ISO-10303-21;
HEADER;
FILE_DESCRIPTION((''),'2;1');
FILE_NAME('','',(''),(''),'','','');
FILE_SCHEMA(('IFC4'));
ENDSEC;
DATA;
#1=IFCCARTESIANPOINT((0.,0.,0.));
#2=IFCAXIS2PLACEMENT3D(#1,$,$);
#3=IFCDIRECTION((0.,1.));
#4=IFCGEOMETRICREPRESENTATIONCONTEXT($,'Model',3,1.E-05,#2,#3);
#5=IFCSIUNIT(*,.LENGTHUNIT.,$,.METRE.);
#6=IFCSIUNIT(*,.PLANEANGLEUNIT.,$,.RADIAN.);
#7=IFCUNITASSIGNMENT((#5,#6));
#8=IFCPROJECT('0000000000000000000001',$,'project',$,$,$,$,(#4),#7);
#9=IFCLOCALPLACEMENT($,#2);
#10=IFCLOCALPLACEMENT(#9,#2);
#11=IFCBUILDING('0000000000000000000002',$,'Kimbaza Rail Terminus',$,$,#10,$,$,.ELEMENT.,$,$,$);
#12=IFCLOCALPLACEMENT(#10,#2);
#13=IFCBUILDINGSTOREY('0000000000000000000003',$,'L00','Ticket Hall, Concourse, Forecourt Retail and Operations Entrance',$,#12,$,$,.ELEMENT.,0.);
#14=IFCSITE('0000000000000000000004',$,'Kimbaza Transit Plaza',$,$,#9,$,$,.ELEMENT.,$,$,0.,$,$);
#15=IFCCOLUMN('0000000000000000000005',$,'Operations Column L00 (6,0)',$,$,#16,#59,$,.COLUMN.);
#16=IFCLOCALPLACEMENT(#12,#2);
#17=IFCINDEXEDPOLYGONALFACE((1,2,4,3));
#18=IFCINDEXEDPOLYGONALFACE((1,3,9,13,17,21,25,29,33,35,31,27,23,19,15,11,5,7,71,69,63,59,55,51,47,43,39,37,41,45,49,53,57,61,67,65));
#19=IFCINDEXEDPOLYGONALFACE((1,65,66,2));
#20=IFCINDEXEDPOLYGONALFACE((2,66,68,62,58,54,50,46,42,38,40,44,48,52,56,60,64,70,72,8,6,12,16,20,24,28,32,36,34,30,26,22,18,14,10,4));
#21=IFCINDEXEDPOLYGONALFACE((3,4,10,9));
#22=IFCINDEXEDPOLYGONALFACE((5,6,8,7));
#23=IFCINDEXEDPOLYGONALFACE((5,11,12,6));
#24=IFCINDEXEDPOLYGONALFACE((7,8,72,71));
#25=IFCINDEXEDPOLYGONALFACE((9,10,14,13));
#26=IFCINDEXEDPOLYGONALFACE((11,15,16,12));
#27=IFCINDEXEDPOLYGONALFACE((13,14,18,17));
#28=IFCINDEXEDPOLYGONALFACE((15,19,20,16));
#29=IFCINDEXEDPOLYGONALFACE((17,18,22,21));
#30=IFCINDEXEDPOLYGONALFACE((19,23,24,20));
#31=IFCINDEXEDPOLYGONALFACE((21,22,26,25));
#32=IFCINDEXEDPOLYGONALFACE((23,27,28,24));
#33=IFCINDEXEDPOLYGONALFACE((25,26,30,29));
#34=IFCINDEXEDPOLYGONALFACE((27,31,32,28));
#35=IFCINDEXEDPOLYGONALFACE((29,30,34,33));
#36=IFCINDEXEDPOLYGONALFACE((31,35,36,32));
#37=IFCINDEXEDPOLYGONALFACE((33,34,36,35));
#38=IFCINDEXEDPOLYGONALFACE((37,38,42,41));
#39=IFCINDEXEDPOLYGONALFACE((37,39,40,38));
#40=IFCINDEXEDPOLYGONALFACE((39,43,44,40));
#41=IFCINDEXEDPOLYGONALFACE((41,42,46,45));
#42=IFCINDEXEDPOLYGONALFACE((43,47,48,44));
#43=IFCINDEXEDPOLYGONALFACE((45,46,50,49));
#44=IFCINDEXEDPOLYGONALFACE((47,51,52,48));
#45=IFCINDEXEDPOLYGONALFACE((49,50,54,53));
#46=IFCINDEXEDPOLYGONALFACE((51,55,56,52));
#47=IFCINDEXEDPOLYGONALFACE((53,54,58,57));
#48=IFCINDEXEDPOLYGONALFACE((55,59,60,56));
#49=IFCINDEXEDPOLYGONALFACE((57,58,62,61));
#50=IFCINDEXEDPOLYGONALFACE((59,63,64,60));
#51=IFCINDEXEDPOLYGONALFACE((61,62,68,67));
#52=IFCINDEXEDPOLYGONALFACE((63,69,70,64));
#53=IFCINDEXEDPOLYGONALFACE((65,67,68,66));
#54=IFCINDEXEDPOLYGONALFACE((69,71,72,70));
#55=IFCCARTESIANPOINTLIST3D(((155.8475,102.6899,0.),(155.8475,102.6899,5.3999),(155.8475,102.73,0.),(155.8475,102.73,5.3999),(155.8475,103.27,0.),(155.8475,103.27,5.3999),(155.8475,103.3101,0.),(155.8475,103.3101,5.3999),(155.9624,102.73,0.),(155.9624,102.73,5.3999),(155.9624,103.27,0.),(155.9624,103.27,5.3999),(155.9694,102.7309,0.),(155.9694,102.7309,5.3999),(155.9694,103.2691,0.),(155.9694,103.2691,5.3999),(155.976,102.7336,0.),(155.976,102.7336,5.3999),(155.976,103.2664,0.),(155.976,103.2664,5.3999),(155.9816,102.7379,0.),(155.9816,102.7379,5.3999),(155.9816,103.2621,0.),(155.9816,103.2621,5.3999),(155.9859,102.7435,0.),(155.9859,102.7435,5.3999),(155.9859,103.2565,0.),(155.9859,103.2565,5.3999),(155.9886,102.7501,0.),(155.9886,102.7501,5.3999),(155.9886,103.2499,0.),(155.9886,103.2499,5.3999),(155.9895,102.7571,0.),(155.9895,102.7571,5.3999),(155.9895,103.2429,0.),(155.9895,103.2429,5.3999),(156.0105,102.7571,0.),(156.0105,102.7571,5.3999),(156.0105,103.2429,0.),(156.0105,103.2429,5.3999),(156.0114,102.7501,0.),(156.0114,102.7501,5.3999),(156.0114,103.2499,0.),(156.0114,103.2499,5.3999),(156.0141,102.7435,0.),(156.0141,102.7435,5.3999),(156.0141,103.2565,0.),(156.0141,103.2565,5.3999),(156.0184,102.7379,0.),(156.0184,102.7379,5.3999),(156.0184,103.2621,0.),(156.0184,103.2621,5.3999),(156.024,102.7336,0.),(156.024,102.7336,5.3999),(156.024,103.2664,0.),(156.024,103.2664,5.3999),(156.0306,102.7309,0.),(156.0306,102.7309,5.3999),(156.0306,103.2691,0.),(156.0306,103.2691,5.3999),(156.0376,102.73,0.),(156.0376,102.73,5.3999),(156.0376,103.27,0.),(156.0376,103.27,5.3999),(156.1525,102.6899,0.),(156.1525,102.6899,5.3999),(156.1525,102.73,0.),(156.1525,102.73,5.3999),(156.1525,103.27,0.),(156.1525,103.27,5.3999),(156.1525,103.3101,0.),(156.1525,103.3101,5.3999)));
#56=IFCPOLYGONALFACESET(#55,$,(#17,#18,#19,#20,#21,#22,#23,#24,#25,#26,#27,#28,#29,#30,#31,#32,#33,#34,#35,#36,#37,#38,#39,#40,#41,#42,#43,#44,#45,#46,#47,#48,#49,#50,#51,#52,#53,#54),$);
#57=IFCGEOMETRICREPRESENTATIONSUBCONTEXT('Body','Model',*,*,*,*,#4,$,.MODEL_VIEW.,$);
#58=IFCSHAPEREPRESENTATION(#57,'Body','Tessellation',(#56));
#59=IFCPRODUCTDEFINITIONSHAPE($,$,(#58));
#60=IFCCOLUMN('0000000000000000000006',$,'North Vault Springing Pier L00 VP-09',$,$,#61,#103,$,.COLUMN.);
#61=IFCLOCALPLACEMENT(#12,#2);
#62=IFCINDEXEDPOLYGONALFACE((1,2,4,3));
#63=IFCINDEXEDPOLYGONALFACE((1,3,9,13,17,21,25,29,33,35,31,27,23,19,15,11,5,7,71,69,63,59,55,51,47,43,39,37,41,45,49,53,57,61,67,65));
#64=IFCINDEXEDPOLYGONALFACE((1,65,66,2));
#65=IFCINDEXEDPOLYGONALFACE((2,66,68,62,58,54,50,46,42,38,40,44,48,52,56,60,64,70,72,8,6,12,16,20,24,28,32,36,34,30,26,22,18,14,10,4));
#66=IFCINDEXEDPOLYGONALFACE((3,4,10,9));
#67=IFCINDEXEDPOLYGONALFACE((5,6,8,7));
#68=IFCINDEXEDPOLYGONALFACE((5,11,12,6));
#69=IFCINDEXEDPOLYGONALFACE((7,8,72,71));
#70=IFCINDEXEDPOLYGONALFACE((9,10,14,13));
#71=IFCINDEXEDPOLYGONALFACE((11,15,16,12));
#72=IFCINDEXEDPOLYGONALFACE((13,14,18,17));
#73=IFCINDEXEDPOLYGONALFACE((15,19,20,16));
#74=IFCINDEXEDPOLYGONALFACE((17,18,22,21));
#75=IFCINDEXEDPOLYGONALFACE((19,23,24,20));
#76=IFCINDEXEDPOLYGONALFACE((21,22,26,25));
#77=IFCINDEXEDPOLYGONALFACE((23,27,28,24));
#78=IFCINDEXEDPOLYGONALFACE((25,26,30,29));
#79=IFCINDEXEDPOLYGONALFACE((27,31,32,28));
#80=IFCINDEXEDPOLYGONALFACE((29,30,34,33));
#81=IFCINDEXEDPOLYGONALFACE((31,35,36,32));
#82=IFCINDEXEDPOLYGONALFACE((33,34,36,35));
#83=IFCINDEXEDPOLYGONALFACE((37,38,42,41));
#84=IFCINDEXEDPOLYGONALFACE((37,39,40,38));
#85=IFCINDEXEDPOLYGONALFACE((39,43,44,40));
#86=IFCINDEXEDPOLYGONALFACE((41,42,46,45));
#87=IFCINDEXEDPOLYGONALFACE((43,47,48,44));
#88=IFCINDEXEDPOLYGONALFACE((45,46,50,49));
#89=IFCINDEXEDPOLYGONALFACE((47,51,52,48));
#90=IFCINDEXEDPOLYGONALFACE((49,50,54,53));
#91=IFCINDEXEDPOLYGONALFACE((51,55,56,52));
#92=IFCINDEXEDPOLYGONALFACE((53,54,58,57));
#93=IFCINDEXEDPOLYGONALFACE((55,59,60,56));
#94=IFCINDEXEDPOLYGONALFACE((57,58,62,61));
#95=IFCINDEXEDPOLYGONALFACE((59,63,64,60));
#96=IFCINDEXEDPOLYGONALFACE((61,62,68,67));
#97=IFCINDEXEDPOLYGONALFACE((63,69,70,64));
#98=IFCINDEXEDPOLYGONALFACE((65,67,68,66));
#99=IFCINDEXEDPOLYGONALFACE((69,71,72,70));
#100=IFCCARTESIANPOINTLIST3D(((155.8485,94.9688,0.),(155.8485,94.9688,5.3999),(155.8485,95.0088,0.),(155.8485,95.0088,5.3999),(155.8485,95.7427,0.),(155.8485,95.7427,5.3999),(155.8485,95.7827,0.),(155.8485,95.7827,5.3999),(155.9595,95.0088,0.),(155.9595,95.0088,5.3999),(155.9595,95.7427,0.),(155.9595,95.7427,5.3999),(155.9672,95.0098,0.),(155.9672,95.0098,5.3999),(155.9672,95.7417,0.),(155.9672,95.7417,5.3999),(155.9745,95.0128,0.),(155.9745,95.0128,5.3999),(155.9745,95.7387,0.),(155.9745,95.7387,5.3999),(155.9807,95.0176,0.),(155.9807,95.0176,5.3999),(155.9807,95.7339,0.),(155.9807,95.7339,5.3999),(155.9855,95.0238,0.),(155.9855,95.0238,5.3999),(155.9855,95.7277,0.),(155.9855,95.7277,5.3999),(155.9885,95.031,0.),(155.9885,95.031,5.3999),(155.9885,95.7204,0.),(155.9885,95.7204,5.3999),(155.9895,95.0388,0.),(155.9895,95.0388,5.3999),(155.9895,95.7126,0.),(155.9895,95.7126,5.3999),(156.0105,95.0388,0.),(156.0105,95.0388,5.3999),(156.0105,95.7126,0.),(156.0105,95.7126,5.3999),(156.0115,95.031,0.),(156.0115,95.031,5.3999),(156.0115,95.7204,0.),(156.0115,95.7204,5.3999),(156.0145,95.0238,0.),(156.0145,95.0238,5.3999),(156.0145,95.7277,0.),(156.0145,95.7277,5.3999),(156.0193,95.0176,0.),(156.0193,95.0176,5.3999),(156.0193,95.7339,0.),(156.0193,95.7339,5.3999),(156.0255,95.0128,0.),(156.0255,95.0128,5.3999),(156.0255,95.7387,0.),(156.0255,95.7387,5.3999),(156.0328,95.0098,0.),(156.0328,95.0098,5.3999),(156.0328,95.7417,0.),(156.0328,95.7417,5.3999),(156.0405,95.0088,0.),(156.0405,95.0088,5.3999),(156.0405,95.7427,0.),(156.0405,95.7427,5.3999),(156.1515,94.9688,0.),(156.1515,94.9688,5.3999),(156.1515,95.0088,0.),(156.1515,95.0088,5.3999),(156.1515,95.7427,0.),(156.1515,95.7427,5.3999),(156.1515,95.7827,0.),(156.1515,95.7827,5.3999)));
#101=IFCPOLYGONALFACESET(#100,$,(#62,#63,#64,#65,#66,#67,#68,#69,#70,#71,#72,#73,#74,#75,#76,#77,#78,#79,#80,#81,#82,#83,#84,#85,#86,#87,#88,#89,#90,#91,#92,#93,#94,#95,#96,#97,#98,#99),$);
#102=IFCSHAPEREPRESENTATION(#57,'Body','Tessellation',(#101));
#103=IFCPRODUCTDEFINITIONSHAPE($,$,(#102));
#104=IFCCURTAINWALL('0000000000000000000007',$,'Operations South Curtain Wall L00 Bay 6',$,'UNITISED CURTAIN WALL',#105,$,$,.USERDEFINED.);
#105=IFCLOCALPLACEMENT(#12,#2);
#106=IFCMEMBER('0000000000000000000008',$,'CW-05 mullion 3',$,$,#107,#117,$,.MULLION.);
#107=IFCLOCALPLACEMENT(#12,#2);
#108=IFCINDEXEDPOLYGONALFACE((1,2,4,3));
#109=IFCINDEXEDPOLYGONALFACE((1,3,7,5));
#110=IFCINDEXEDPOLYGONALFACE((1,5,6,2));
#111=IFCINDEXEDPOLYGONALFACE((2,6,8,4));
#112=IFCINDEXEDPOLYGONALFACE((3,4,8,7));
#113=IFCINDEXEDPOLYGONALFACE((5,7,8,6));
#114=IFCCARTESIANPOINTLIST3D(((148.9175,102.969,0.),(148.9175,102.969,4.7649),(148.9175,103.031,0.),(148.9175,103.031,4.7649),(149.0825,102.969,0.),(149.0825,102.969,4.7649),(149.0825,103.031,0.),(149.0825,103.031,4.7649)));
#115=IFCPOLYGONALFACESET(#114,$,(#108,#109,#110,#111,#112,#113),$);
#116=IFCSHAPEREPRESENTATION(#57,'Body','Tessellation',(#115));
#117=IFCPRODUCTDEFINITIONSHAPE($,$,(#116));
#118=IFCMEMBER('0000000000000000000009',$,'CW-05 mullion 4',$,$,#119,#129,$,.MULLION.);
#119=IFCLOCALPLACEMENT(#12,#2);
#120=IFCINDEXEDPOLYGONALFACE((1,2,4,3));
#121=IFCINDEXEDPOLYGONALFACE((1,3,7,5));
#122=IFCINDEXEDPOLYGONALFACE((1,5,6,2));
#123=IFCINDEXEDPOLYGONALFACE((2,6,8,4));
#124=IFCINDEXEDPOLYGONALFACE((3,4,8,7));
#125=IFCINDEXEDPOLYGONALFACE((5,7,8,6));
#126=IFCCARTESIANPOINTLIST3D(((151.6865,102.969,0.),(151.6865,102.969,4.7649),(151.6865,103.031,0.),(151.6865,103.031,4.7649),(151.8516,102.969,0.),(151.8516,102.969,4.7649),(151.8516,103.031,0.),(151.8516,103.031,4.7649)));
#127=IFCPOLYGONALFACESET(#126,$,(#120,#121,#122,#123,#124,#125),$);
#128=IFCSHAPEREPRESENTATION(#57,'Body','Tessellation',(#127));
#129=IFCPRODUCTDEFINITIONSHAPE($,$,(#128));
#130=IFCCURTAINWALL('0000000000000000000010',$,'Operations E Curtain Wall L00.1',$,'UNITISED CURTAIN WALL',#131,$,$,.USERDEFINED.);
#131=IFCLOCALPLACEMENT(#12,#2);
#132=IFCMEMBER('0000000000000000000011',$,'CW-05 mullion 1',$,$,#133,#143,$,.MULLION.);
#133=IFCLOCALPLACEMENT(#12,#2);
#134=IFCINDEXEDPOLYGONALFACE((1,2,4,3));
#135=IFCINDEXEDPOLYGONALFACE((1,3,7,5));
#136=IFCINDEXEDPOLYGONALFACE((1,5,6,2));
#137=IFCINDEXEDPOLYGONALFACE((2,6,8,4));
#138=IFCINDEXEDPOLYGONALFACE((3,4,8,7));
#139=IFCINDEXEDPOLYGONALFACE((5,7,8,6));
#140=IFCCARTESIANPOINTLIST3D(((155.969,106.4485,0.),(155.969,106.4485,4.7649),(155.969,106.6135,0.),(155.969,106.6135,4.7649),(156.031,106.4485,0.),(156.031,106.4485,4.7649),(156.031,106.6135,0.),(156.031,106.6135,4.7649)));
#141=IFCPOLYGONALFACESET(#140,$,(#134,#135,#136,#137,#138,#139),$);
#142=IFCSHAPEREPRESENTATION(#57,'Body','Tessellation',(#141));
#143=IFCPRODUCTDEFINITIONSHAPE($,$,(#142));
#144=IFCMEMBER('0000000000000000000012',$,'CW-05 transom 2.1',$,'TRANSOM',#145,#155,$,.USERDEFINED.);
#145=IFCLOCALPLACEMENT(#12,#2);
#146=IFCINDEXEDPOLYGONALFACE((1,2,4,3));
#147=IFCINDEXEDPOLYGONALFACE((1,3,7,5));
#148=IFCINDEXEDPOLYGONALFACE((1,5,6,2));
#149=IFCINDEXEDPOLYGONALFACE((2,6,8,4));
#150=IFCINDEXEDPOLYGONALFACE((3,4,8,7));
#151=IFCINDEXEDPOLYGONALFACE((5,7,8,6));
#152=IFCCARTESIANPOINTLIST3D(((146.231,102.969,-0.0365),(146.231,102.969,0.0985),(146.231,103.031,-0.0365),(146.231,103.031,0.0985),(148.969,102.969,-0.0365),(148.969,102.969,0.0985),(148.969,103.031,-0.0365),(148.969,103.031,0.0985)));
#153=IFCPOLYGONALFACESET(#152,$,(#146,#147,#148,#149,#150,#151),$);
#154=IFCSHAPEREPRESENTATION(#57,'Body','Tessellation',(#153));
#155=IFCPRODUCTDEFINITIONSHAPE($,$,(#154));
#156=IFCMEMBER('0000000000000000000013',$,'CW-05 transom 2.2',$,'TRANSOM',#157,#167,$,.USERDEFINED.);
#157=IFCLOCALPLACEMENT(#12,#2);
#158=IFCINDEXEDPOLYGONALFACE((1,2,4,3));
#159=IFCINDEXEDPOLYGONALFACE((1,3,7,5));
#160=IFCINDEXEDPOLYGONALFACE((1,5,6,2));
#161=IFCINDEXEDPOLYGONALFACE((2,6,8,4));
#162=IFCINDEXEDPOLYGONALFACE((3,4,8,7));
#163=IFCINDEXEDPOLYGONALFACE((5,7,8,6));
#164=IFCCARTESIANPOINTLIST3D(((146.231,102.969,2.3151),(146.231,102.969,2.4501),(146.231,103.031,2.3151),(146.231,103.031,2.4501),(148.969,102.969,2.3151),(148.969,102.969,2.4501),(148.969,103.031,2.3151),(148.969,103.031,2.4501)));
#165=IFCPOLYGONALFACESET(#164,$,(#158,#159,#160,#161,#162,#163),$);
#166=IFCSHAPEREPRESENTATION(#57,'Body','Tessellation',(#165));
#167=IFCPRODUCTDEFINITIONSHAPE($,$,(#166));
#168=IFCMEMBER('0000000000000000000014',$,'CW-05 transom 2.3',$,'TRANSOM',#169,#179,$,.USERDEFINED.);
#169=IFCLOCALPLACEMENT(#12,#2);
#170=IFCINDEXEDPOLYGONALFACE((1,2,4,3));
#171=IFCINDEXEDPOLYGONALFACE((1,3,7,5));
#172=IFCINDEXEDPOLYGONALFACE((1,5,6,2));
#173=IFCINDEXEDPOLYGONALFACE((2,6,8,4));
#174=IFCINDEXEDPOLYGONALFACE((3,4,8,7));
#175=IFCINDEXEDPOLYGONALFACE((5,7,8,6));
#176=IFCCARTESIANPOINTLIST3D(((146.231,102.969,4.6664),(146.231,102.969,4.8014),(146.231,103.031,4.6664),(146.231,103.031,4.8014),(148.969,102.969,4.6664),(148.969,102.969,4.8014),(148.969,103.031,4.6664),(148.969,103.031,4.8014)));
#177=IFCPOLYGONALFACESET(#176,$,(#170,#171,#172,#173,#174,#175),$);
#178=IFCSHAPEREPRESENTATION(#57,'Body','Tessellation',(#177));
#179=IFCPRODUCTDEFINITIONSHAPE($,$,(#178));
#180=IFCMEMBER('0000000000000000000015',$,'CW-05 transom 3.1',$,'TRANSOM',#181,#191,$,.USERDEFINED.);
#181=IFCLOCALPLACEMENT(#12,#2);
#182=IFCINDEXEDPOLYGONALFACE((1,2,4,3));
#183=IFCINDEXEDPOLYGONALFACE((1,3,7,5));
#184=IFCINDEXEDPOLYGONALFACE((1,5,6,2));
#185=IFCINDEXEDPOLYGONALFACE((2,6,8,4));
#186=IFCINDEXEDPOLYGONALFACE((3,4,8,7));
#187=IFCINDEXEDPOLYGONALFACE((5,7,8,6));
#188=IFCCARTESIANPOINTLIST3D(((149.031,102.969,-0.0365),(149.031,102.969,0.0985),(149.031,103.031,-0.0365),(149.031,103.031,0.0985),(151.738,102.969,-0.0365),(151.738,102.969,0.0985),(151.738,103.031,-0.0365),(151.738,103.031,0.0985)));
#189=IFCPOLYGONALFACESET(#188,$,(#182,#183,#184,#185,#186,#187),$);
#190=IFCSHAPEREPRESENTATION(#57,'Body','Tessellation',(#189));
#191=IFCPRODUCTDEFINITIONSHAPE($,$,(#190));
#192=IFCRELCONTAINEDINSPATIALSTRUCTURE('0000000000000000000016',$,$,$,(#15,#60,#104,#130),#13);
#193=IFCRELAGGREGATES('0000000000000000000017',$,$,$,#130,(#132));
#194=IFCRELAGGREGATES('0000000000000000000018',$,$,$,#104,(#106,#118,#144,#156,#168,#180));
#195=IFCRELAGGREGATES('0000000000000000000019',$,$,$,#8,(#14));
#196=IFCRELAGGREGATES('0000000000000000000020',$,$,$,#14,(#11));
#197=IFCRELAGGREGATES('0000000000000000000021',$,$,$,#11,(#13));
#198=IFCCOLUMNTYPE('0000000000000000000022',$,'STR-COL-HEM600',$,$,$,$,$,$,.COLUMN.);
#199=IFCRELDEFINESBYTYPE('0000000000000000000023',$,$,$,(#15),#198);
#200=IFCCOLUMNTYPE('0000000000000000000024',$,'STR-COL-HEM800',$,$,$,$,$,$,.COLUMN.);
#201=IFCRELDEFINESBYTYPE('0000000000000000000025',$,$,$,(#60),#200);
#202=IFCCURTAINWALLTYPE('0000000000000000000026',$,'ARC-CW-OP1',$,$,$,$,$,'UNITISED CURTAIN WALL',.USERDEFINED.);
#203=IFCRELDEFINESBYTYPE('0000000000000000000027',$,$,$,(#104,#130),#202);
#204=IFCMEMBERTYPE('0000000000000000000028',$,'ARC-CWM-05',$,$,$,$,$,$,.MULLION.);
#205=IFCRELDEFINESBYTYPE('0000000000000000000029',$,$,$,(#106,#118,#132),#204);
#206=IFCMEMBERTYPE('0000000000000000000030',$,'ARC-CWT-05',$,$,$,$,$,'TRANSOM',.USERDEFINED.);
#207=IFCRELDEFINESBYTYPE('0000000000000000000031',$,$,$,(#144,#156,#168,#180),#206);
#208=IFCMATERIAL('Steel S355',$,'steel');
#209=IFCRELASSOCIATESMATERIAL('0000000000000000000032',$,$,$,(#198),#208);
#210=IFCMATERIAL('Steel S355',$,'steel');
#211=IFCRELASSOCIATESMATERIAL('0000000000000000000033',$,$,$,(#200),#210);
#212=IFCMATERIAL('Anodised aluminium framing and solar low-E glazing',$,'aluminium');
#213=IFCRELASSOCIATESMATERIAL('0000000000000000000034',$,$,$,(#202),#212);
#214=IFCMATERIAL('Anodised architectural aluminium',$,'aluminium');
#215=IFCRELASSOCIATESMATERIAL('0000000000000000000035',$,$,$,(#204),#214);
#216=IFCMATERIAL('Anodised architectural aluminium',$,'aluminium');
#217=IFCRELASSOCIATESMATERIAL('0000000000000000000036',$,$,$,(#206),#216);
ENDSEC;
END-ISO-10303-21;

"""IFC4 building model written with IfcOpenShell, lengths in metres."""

from ifc_helpers import new_model, si_unit, direction, frame, origin, origin_2d, place, context, subcontext, project, spatial, rectangle, i_section, extrude, material, material_profile, profile_set, type_object, element, aggregate, save


model = new_model("IFC4")

# Units and contexts
model_context = context("Model", 3, precision=1e-05, world=origin(), true_north=direction((0.0, 1.0)))
body_context = subcontext(model_context, "Body", "Model", "MODEL_VIEW")
ifc_project = project(units=[si_unit("LENGTHUNIT", "METRE"), si_unit("PLANEANGLEUNIT", "RADIAN")], contexts=[model_context])

# Site, building, storey
site_placement = place(None, origin())
site = spatial("IfcSite", under=ifc_project, at=site_placement, Name="Kimbaza Transit Plaza", CompositionType="ELEMENT", RefElevation=0.0)
building_placement = place(site_placement, origin())
building = spatial("IfcBuilding", under=site, at=building_placement, Name="Kimbaza Rail Terminus", CompositionType="ELEMENT")
storey_placement = place(building_placement, origin())
storey = spatial("IfcBuildingStorey", under=building, at=storey_placement, Name="L00", Description="Ticket Hall, Concourse, Forecourt Retail and Operations Entrance", CompositionType="ELEMENT", Elevation=0.0)

# Columns
ifc_material_1 = material(Name="Steel S355", Category="steel")
ifc_material_profile_1 = material_profile(ifc_material_1, i_section(OverallWidth=0.3049, OverallDepth=0.6201, WebThickness=0.021, FlangeThickness=0.04, FilletRadius=0.0271, at=origin_2d()), Name="HEM 600")
ifc_profile_set_1 = profile_set([ifc_material_profile_1], Name="Steel S355")
column_type_1 = type_object("IfcColumnType", Name="STR-COL-HEM600", PredefinedType="COLUMN", material=ifc_profile_set_1)
column_1_placement = place(storey_placement, frame((156.0, 103.0, 0.0), z_axis=(0.0, 0.0, 1.0), x_axis=(1.0, 0.0, 0.0)))
element("IfcColumn", 1, at=column_1_placement, inside=storey, type_object=column_type_1, Name="Operations Column L00 (6,0)", PredefinedType="COLUMN", context=body_context, shape_type="SweptSolid", body=[
    extrude(i_section(OverallWidth=0.3049, OverallDepth=0.6201, WebThickness=0.021, FlangeThickness=0.04, FilletRadius=0.0271, at=origin_2d()), origin(), (0.0, 0.0, 1.0), 5.3999),
])
ifc_material_2 = material(Name="Steel S355", Category="steel")
ifc_material_profile_2 = material_profile(ifc_material_2, i_section(OverallWidth=0.303, OverallDepth=0.814, WebThickness=0.021, FlangeThickness=0.04, FilletRadius=0.03, at=origin_2d()), Name="HEM 800")
ifc_profile_set_2 = profile_set([ifc_material_profile_2], Name="Steel S355")
column_type_2 = type_object("IfcColumnType", Name="STR-COL-HEM800", PredefinedType="COLUMN", material=ifc_profile_set_2)
column_2_placement = place(storey_placement, frame((156.0, 95.3757, 0.0), z_axis=(0.0, 0.0, 1.0), x_axis=(1.0, 0.0, 0.0)))
element("IfcColumn", 2, at=column_2_placement, inside=storey, type_object=column_type_2, Name="North Vault Springing Pier L00 VP-09", PredefinedType="COLUMN", context=body_context, shape_type="SweptSolid", body=[
    extrude(i_section(OverallWidth=0.303, OverallDepth=0.814, WebThickness=0.021, FlangeThickness=0.04, FilletRadius=0.03, at=origin_2d()), origin(), (0.0, 0.0, 1.0), 5.3999),
])

# Curtain wall, members
ifc_material_3 = material(Name="Anodised aluminium framing and solar low-E glazing", Category="aluminium")
curtain_wall_type = type_object("IfcCurtainWallType", Name="ARC-CW-OP1", ElementType="UNITISED CURTAIN WALL", PredefinedType="USERDEFINED", material=ifc_material_3)
curtain_wall_1_placement = place(storey_placement, origin())
curtain_wall_1 = element("IfcCurtainWall", 3, at=curtain_wall_1_placement, inside=storey, type_object=curtain_wall_type, Name="Operations South Curtain Wall L00 Bay 6", ObjectType="UNITISED CURTAIN WALL", PredefinedType="USERDEFINED")
ifc_material_4 = material(Name="Anodised architectural aluminium", Category="aluminium")
ifc_material_profile_3 = material_profile(ifc_material_4, rectangle(XDim=0.062, YDim=0.165, at=origin_2d()), Name="MULLION 62x165")
ifc_profile_set_3 = profile_set([ifc_material_profile_3], Name="Anodised architectural aluminium")
member_type_1 = type_object("IfcMemberType", Name="ARC-CWM-05", PredefinedType="MULLION", material=ifc_profile_set_3)
member_1_placement = place(storey_placement, frame((149.0, 103.0, 0.0), z_axis=(0.0, 0.0, 1.0), x_axis=(0.0, 1.0, 0.0)))
member_1 = element("IfcMember", 4, at=member_1_placement, type_object=member_type_1, Name="CW-05 mullion 3", PredefinedType="MULLION", context=body_context, shape_type="SweptSolid", body=[
    extrude(rectangle(XDim=0.062, YDim=0.165, at=origin_2d()), origin(), (0.0, 0.0, 1.0), 4.7649),
])
member_2_placement = place(storey_placement, frame((151.769, 103.0, 0.0), z_axis=(0.0, 0.0, 1.0), x_axis=(0.0, 1.0, 0.0)))
member_2 = element("IfcMember", 5, at=member_2_placement, type_object=member_type_1, Name="CW-05 mullion 4", PredefinedType="MULLION", context=body_context, shape_type="SweptSolid", body=[
    extrude(rectangle(XDim=0.062, YDim=0.165, at=origin_2d()), origin(), (0.0, 0.0, 1.0), 4.7649),
])

# Curtain wall, member
curtain_wall_2_placement = place(storey_placement, origin())
curtain_wall_2 = element("IfcCurtainWall", 6, at=curtain_wall_2_placement, inside=storey, type_object=curtain_wall_type, Name="Operations E Curtain Wall L00.1", ObjectType="UNITISED CURTAIN WALL", PredefinedType="USERDEFINED")
member_3_placement = place(storey_placement, frame((156.0, 106.531, 0.0), z_axis=(0.0, 0.0, 1.0), x_axis=(-1.0, 0.0, 0.0)))
member_3 = element("IfcMember", 7, at=member_3_placement, type_object=member_type_1, Name="CW-05 mullion 1", PredefinedType="MULLION", context=body_context, shape_type="SweptSolid", body=[
    extrude(rectangle(XDim=0.062, YDim=0.165, at=origin_2d()), origin(), (0.0, 0.0, 1.0), 4.7649),
])

# Members
ifc_material_5 = material(Name="Anodised architectural aluminium", Category="aluminium")
ifc_material_profile_4 = material_profile(ifc_material_5, rectangle(XDim=0.062, YDim=0.135, at=origin_2d()), Name="TRANSOM 62x135")
ifc_profile_set_4 = profile_set([ifc_material_profile_4], Name="Anodised architectural aluminium")
member_type_2 = type_object("IfcMemberType", Name="ARC-CWT-05", ElementType="TRANSOM", PredefinedType="USERDEFINED", material=ifc_profile_set_4)
member_4_placement = place(storey_placement, frame((146.231, 103.0, 0.031), z_axis=(1.0, 0.0, 0.0), x_axis=(0.0, 1.0, 0.0)))
member_4 = element("IfcMember", 8, at=member_4_placement, type_object=member_type_2, Name="CW-05 transom 2.1", ObjectType="TRANSOM", PredefinedType="USERDEFINED", context=body_context, shape_type="SweptSolid", body=[
    extrude(rectangle(XDim=0.062, YDim=0.135, at=origin_2d()), origin(), (0.0, 0.0, 1.0), 2.738),
])
member_5_placement = place(storey_placement, frame((146.231, 103.0, 2.3826), z_axis=(1.0, 0.0, 0.0), x_axis=(0.0, 1.0, 0.0)))
member_5 = element("IfcMember", 9, at=member_5_placement, type_object=member_type_2, Name="CW-05 transom 2.2", ObjectType="TRANSOM", PredefinedType="USERDEFINED", context=body_context, shape_type="SweptSolid", body=[
    extrude(rectangle(XDim=0.062, YDim=0.135, at=origin_2d()), origin(), (0.0, 0.0, 1.0), 2.738),
])
member_6_placement = place(storey_placement, frame((146.231, 103.0, 4.7339), z_axis=(1.0, 0.0, 0.0), x_axis=(0.0, 1.0, 0.0)))
member_6 = element("IfcMember", 10, at=member_6_placement, type_object=member_type_2, Name="CW-05 transom 2.3", ObjectType="TRANSOM", PredefinedType="USERDEFINED", context=body_context, shape_type="SweptSolid", body=[
    extrude(rectangle(XDim=0.062, YDim=0.135, at=origin_2d()), origin(), (0.0, 0.0, 1.0), 2.738),
])
member_7_placement = place(storey_placement, frame((149.031, 103.0, 0.031), z_axis=(1.0, 0.0, 0.0), x_axis=(0.0, 1.0, 0.0)))
member_7 = element("IfcMember", 11, at=member_7_placement, type_object=member_type_2, Name="CW-05 transom 3.1", ObjectType="TRANSOM", PredefinedType="USERDEFINED", context=body_context, shape_type="SweptSolid", body=[
    extrude(rectangle(XDim=0.062, YDim=0.135, at=origin_2d()), origin(), (0.0, 0.0, 1.0), 2.707),
])
aggregate(curtain_wall_2, [member_3])

aggregate(curtain_wall_1, [member_1, member_2, member_4, member_5, member_6, member_7])

save(model, "model.ifc")
